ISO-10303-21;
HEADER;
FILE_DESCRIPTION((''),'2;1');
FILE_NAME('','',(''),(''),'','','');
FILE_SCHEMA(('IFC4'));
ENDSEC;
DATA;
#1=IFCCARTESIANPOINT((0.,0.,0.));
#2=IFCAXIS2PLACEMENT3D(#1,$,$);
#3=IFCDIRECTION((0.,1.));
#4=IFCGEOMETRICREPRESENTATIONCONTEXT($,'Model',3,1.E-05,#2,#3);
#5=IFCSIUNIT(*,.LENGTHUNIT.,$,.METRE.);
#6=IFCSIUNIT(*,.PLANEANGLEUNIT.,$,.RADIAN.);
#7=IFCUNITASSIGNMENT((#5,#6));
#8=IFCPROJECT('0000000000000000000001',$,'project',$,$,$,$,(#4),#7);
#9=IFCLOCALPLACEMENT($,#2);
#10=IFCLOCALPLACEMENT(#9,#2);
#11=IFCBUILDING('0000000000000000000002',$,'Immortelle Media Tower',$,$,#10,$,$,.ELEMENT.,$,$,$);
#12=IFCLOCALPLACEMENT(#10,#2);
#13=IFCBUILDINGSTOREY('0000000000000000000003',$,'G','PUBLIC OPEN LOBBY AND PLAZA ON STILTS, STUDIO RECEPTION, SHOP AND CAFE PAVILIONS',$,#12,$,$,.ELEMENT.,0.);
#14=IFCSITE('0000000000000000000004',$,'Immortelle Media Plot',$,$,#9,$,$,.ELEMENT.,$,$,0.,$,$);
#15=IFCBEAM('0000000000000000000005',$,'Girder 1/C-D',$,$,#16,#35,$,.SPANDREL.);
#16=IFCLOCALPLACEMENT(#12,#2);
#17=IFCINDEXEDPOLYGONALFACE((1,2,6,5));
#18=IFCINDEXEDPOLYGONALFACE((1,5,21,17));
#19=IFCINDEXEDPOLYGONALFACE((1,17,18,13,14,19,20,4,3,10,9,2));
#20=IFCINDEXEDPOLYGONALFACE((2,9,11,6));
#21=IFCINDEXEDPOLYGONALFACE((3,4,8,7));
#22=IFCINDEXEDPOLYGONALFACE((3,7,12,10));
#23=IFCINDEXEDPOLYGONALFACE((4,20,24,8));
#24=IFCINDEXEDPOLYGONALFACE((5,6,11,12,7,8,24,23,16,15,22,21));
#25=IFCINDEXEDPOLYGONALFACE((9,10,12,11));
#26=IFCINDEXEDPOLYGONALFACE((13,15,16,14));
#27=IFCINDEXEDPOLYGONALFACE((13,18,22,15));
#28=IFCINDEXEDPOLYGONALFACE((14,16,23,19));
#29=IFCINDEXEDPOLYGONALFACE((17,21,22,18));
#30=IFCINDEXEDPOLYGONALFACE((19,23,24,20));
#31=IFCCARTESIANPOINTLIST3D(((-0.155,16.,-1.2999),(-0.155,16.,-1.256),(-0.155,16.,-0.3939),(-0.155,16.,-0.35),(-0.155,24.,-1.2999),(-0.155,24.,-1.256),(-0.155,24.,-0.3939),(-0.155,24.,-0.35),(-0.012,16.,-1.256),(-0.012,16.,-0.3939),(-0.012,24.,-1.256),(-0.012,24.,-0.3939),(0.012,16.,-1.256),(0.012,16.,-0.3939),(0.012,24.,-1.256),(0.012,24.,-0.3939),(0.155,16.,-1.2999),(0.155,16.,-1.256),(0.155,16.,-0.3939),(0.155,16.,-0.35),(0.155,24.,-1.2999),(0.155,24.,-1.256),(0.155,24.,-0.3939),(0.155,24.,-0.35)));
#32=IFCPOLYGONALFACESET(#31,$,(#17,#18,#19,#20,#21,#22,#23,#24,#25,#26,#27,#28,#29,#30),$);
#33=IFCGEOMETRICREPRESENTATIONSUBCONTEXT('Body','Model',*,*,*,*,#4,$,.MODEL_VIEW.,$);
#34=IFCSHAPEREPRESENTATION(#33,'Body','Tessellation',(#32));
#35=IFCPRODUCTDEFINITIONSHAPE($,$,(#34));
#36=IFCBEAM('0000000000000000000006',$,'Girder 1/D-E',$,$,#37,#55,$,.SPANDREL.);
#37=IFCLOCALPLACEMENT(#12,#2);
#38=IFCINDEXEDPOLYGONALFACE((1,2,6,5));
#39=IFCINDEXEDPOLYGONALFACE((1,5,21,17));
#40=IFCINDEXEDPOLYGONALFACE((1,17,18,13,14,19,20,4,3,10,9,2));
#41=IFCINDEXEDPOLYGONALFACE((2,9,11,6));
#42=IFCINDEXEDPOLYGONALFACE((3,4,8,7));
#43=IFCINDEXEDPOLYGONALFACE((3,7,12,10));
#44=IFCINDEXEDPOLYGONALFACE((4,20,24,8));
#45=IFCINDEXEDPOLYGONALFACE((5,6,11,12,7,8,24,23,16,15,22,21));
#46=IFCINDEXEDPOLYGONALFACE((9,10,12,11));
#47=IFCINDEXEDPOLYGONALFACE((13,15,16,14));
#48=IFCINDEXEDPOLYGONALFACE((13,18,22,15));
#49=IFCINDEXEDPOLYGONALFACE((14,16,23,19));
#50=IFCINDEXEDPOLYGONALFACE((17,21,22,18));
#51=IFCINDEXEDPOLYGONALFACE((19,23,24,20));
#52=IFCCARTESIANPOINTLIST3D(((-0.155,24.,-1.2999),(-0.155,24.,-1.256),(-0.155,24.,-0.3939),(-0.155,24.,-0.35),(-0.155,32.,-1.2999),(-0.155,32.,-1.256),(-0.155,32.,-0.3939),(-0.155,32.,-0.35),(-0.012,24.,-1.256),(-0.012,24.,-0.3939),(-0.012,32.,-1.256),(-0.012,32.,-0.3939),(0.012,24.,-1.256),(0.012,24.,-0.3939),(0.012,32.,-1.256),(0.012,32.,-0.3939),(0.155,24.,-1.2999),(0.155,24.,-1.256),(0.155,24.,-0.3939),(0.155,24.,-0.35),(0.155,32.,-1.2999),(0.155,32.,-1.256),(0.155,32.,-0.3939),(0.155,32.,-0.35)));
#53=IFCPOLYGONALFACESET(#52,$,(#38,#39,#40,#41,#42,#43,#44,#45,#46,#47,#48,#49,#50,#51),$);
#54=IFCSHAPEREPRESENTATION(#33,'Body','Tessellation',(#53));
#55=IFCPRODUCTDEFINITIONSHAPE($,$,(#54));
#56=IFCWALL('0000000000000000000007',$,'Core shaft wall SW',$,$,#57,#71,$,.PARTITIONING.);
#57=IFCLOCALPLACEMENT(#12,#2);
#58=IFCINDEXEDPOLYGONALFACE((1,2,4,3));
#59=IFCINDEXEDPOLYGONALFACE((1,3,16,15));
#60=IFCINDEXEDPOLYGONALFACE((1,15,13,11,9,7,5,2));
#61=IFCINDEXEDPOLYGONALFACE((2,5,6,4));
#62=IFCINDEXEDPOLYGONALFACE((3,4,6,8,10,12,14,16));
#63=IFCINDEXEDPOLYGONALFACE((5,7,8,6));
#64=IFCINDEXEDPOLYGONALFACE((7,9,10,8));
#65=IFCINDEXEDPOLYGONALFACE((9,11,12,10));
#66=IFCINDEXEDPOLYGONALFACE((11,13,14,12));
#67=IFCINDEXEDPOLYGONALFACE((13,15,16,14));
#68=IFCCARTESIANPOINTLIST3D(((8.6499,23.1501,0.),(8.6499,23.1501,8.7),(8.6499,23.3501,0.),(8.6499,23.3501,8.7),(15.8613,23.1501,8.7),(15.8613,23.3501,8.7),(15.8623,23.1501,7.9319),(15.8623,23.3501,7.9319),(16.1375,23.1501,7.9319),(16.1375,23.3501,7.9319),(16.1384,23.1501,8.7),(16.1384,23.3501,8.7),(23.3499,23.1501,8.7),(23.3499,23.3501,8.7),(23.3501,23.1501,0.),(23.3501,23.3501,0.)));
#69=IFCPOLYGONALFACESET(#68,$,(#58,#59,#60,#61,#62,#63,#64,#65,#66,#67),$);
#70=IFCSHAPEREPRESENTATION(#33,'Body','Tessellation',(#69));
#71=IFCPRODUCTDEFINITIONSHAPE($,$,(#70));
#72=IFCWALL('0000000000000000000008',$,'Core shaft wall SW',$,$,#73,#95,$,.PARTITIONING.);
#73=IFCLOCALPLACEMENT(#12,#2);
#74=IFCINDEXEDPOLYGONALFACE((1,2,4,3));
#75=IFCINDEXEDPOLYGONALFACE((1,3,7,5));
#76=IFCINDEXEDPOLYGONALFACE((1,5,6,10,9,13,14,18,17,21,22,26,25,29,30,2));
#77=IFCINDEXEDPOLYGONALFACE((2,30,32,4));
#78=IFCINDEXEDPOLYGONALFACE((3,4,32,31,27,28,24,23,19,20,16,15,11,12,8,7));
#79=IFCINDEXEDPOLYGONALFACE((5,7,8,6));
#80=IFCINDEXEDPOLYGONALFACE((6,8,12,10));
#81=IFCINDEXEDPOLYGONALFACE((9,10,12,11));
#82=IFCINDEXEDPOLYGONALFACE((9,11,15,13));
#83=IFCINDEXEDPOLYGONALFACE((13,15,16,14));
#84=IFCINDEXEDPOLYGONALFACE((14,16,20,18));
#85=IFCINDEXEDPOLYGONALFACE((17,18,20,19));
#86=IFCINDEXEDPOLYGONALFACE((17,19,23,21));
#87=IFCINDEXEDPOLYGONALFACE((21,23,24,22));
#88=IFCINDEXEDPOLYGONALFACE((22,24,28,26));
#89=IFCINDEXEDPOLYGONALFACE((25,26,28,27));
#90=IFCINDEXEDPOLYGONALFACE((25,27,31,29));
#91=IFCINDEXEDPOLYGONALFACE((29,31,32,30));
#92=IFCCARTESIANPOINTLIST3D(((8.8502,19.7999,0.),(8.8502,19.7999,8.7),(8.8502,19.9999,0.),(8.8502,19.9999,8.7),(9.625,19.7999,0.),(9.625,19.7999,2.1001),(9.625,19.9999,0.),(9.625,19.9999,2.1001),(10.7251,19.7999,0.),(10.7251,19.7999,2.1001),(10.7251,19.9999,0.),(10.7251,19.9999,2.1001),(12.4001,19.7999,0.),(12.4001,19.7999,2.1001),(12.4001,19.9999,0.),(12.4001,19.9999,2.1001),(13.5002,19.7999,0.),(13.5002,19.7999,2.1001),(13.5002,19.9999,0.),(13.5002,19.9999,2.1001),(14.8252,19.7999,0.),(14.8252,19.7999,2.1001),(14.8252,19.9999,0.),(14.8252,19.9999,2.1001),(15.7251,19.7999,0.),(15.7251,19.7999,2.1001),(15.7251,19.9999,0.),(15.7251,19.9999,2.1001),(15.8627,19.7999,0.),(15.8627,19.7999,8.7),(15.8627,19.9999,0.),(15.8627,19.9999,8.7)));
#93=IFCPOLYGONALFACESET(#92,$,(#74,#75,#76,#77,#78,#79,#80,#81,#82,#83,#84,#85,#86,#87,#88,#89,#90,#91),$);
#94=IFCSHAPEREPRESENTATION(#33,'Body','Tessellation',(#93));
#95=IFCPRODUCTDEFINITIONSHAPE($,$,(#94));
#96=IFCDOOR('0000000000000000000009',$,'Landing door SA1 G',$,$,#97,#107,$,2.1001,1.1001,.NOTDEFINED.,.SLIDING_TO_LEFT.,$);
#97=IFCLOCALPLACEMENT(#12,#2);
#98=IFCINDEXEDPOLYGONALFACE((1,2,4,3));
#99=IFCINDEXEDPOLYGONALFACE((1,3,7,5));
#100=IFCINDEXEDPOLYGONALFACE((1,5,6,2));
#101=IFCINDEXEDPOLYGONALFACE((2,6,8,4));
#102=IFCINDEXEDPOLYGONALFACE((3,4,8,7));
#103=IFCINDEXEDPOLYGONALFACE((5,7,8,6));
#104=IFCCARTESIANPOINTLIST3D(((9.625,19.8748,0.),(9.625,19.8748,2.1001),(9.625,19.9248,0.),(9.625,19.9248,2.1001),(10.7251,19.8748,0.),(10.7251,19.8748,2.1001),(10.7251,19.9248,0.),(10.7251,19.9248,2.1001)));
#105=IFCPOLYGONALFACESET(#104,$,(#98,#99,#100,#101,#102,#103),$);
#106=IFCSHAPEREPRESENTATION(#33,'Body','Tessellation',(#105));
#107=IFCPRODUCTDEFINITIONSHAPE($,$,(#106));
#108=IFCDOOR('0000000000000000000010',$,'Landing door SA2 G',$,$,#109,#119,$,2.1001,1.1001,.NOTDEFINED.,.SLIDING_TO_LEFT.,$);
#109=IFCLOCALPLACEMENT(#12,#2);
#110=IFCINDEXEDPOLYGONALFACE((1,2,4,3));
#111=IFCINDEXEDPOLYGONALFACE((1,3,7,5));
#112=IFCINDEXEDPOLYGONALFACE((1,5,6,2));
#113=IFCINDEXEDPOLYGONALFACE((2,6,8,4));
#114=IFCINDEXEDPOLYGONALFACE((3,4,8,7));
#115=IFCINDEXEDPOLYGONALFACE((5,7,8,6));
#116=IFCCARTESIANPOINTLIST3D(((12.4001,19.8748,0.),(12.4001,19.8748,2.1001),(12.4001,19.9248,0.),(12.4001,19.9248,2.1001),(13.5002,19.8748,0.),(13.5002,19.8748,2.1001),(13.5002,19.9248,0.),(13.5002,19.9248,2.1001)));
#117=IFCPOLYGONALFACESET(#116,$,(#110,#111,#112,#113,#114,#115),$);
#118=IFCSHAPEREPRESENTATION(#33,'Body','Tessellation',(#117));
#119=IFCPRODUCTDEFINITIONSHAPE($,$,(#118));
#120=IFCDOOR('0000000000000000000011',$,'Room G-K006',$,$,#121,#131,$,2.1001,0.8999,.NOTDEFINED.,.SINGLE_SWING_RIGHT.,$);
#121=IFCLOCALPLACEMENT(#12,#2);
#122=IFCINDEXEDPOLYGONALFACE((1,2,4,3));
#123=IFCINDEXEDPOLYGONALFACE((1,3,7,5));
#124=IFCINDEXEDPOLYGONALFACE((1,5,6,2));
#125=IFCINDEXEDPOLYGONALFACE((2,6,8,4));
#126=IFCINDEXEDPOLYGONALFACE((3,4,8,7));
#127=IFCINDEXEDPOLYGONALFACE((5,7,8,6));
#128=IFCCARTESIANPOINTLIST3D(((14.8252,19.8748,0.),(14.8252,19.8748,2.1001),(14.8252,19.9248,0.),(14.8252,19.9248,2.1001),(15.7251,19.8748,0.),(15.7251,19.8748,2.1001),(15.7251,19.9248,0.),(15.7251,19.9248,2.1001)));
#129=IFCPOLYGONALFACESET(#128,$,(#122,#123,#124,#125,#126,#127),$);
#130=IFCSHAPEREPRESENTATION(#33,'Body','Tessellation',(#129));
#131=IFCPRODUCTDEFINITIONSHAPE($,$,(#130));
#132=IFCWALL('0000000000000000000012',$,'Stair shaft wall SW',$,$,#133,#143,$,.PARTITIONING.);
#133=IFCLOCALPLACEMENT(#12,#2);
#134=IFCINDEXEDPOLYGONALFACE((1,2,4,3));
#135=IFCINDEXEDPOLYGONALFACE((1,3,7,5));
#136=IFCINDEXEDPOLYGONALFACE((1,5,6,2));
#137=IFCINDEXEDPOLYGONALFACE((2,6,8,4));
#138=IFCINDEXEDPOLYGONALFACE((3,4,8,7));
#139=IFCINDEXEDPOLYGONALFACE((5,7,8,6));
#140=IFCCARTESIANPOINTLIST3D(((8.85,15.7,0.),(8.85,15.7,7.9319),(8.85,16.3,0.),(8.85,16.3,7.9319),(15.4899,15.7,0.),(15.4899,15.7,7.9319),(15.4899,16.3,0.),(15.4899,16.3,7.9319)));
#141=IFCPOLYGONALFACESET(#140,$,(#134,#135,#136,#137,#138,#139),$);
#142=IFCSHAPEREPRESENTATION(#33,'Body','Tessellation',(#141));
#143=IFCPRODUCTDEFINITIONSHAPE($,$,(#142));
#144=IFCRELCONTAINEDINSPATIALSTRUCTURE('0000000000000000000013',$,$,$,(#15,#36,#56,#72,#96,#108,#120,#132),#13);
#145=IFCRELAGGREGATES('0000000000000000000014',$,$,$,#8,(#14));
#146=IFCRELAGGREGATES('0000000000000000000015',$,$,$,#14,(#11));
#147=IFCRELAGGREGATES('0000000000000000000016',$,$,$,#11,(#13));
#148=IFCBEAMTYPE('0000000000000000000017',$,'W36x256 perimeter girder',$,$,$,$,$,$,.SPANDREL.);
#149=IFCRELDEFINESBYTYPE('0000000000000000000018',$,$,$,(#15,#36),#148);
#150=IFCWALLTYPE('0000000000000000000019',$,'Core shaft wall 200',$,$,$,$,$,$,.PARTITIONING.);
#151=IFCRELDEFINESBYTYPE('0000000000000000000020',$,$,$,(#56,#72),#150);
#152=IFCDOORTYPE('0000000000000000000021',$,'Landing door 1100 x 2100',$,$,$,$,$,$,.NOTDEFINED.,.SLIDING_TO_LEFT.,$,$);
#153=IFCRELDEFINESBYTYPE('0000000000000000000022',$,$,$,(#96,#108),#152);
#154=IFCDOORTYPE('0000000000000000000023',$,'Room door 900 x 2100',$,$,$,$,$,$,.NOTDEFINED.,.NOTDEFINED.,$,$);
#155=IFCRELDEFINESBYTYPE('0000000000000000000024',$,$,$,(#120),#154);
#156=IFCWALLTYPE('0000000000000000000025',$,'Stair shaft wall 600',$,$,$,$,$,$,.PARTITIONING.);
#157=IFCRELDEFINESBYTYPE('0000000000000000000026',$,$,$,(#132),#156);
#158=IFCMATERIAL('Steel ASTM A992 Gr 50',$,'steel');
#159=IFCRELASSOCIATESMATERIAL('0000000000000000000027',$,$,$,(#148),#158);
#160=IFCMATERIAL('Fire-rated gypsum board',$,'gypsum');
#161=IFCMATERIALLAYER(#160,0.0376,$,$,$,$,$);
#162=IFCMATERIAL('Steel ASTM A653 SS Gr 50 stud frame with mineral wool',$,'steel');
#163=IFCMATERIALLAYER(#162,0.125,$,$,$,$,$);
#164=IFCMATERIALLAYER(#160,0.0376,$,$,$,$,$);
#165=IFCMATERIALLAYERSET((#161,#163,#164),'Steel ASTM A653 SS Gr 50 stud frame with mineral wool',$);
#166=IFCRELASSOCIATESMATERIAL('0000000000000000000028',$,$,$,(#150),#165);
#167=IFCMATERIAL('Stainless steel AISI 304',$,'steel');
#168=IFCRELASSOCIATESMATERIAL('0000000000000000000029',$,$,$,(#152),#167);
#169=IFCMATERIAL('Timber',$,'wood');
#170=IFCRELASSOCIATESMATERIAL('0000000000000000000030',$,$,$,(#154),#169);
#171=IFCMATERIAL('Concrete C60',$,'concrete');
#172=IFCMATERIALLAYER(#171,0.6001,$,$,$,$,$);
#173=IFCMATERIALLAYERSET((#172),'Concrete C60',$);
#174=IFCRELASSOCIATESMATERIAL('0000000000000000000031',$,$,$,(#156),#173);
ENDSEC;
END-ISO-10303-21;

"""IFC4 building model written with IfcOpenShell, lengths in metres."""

from ifc_helpers import new_model, si_unit, direction, frame, frame_2d, origin, origin_2d, place, context, subcontext, project, spatial, polyline, rectangle, i_section, outline, extrude, material, layer, layer_set, material_profile, profile_set, type_object, element, fill, save


model = new_model("IFC4")

# Units and contexts
model_context = context("Model", 3, precision=1e-05, world=origin(), true_north=direction((0.0, 1.0)))
body_context = subcontext(model_context, "Body", "Model", "MODEL_VIEW")
ifc_project = project(units=[si_unit("LENGTHUNIT", "METRE"), si_unit("PLANEANGLEUNIT", "RADIAN")], contexts=[model_context])

# Site, building, storey
site_placement = place(None, origin())
site = spatial("IfcSite", under=ifc_project, at=site_placement, Name="Immortelle Media Plot", CompositionType="ELEMENT", RefElevation=0.0)
building_placement = place(site_placement, origin())
building = spatial("IfcBuilding", under=site, at=building_placement, Name="Immortelle Media Tower", CompositionType="ELEMENT")
storey_placement = place(building_placement, origin())
storey = spatial("IfcBuildingStorey", under=building, at=storey_placement, Name="G", Description="PUBLIC OPEN LOBBY AND PLAZA ON STILTS, STUDIO RECEPTION, SHOP AND CAFE PAVILIONS", CompositionType="ELEMENT", Elevation=0.0)

# Beams
ifc_material_1 = material(Name="Steel ASTM A992 Gr 50", Category="steel")
ifc_material_profile_1 = material_profile(ifc_material_1, i_section(OverallWidth=0.3101, OverallDepth=0.95, WebThickness=0.0239, FlangeThickness=0.0439, at=origin_2d()), Name="W36x256")
ifc_profile_set_1 = profile_set([ifc_material_profile_1], Name="Steel ASTM A992 Gr 50")
beam_type_1 = type_object("IfcBeamType", Name="W36x256 perimeter girder", PredefinedType="SPANDREL", material=ifc_profile_set_1)
for number, where, z_axis, x_axis, name in (
    (1, (0.0, 16.0, -0.825), (0.0, 1.0, 0.0), (-1.0, 0.0, 0.0), "Girder 1/C-D"),
    (2, (0.0, 24.0, -0.825), (0.0, 1.0, 0.0), (-1.0, 0.0, 0.0), "Girder 1/D-E"),
):
    element("IfcBeam", number, at=place(storey_placement, frame(where, z_axis=z_axis, x_axis=x_axis)), inside=storey, type_object=beam_type_1, Name=name, PredefinedType="SPANDREL", context=body_context, shape_type="SweptSolid", body=[
        extrude(i_section(OverallWidth=0.3101, OverallDepth=0.95, WebThickness=0.0239, FlangeThickness=0.0439, at=origin_2d()), origin(), (0.0, 0.0, 1.0), 8.0),
    ])

# Wall
ifc_material_2 = material(Name="Fire-rated gypsum board", Category="gypsum")
ifc_layer_1 = layer(ifc_material_2, 0.0376)
ifc_material_3 = material(Name="Steel ASTM A653 SS Gr 50 stud frame with mineral wool", Category="steel")
ifc_layer_2 = layer(ifc_material_3, 0.125)
ifc_layer_3 = layer(ifc_material_2, 0.0376)
ifc_layer_set_1 = layer_set([ifc_layer_1, ifc_layer_2, ifc_layer_3], Name="Steel ASTM A653 SS Gr 50 stud frame with mineral wool")
wall_type_1 = type_object("IfcWallType", Name="Core shaft wall 200", PredefinedType="PARTITIONING", material=ifc_layer_set_1)
wall_1_placement = place(storey_placement, frame((8.6499, 23.25, 0.0), z_axis=(0.0, 0.0, 1.0), x_axis=(1.0, 0.0, 0.0)))
element("IfcWall", 3, at=wall_1_placement, inside=storey, type_object=wall_type_1, Name="Core shaft wall SW", PredefinedType="PARTITIONING", context=body_context, shape_type="SweptSolid", body=[
    extrude(outline(polyline([(0.0, 0.0), (14.7002, 0.0), (14.7, 8.7), (7.4885, 8.7), (7.4875, 7.9319), (7.2124, 7.9319), (7.2114, 8.7), (0.0, 8.7), (0.0, 0.0)])), frame((0.0, 0.1001, 0.0), z_axis=(0.0, -1.0, 0.0), x_axis=(1.0, 0.0, 0.0)), (0.0, 0.0, 1.0), 0.2),
])

# Wall, openings, doors
wall_2_placement = place(storey_placement, frame((8.8501, 19.8999, 0.0), z_axis=(0.0, 0.0, 1.0), x_axis=(1.0, 0.0, 0.0)))
wall_2 = element("IfcWall", 4, at=wall_2_placement, inside=storey, type_object=wall_type_1, Name="Core shaft wall SW", PredefinedType="PARTITIONING", context=body_context, shape_type="SweptSolid", body=[
    extrude(rectangle(XDim=7.0125, YDim=0.2, at=frame_2d((3.5063, 0.0))), origin(), (0.0, 0.0, 1.0), 8.7),
])
opening_1_placement = place(wall_2_placement, frame((0.7749, 0.0, 0.0)))
opening_1 = element("IfcOpeningElement", 5, at=opening_1_placement, cuts=wall_2, PredefinedType="OPENING", context=body_context, shape_type="SweptSolid", body=[
    extrude(rectangle(XDim=1.1001, YDim=2.1001, at=frame_2d((0.55, 1.05))), frame((0.0, 0.1099, 0.0), z_axis=(0.0, -1.0, 0.0), x_axis=(1.0, 0.0, 0.0)), (0.0, 0.0, 1.0), 0.22),
])
opening_2_placement = place(wall_2_placement, frame((3.55, 0.0, 0.0)))
opening_2 = element("IfcOpeningElement", 6, at=opening_2_placement, cuts=wall_2, PredefinedType="OPENING", context=body_context, shape_type="SweptSolid", body=[
    extrude(rectangle(XDim=1.1001, YDim=2.1001, at=frame_2d((0.55, 1.05))), frame((0.0, 0.1099, 0.0), z_axis=(0.0, -1.0, 0.0), x_axis=(1.0, 0.0, 0.0)), (0.0, 0.0, 1.0), 0.22),
])
opening_3_placement = place(wall_2_placement, frame((5.9751, 0.0, 0.0)))
opening_3 = element("IfcOpeningElement", 7, at=opening_3_placement, cuts=wall_2, PredefinedType="OPENING", context=body_context, shape_type="SweptSolid", body=[
    extrude(rectangle(XDim=0.8999, YDim=2.1001, at=frame_2d((0.45, 1.05))), frame((0.0, 0.1099, 0.0), z_axis=(0.0, -1.0, 0.0), x_axis=(1.0, 0.0, 0.0)), (0.0, 0.0, 1.0), 0.22),
])
ifc_material_4 = material(Name="Stainless steel AISI 304", Category="steel")
door_type_1 = type_object("IfcDoorType", Name="Landing door 1100 x 2100", OperationType="SLIDING_TO_LEFT", PredefinedType="NOTDEFINED", material=ifc_material_4)
door_1_placement = place(opening_1_placement, origin())
door_1 = element("IfcDoor", 8, at=door_1_placement, inside=storey, type_object=door_type_1, Name="Landing door SA1 G", OperationType="SLIDING_TO_LEFT", OverallHeight=2.1001, OverallWidth=1.1001, PredefinedType="NOTDEFINED", context=body_context, shape_type="SweptSolid", body=[
    extrude(rectangle(XDim=1.1001, YDim=2.1001, at=frame_2d((0.55, 1.05))), frame((0.0, 0.0249, 0.0), z_axis=(0.0, -1.0, 0.0), x_axis=(1.0, 0.0, 0.0)), (0.0, 0.0, 1.0), 0.05),
])
fill(opening_1, door_1)
door_2_placement = place(opening_2_placement, origin())
door_2 = element("IfcDoor", 9, at=door_2_placement, inside=storey, type_object=door_type_1, Name="Landing door SA2 G", OperationType="SLIDING_TO_LEFT", OverallHeight=2.1001, OverallWidth=1.1001, PredefinedType="NOTDEFINED", context=body_context, shape_type="SweptSolid", body=[
    extrude(rectangle(XDim=1.1001, YDim=2.1001, at=frame_2d((0.55, 1.05))), frame((0.0, 0.0249, 0.0), z_axis=(0.0, -1.0, 0.0), x_axis=(1.0, 0.0, 0.0)), (0.0, 0.0, 1.0), 0.05),
])
fill(opening_2, door_2)
ifc_material_5 = material(Name="Timber", Category="wood")
door_type_2 = type_object("IfcDoorType", Name="Room door 900 x 2100", OperationType="NOTDEFINED", PredefinedType="NOTDEFINED", material=ifc_material_5)
door_3_placement = place(opening_3_placement, origin())
door_3 = element("IfcDoor", 10, at=door_3_placement, inside=storey, type_object=door_type_2, Name="Room G-K006", OperationType="SINGLE_SWING_RIGHT", OverallHeight=2.1001, OverallWidth=0.8999, PredefinedType="NOTDEFINED", context=body_context, shape_type="SweptSolid", body=[
    extrude(rectangle(XDim=0.8999, YDim=2.1001, at=frame_2d((0.45, 1.05))), frame((0.0, 0.0249, 0.0), z_axis=(0.0, -1.0, 0.0), x_axis=(1.0, 0.0, 0.0)), (0.0, 0.0, 1.0), 0.05),
])
fill(opening_3, door_3)

# Wall
ifc_material_6 = material(Name="Concrete C60", Category="concrete")
ifc_layer_4 = layer(ifc_material_6, 0.6001)
ifc_layer_set_2 = layer_set([ifc_layer_4], Name="Concrete C60")
wall_type_2 = type_object("IfcWallType", Name="Stair shaft wall 600", PredefinedType="PARTITIONING", material=ifc_layer_set_2)
wall_3_placement = place(storey_placement, frame((8.8501, 16.0, 0.0), z_axis=(0.0, 0.0, 1.0), x_axis=(1.0, 0.0, 0.0)))
element("IfcWall", 11, at=wall_3_placement, inside=storey, type_object=wall_type_2, Name="Stair shaft wall SW", PredefinedType="PARTITIONING", context=body_context, shape_type="SweptSolid", body=[
    extrude(rectangle(XDim=6.6399, YDim=0.6001, at=frame_2d((3.3198, 0.0))), origin(), (0.0, 0.0, 1.0), 7.9319),
])

save(model, "model.ifc")
